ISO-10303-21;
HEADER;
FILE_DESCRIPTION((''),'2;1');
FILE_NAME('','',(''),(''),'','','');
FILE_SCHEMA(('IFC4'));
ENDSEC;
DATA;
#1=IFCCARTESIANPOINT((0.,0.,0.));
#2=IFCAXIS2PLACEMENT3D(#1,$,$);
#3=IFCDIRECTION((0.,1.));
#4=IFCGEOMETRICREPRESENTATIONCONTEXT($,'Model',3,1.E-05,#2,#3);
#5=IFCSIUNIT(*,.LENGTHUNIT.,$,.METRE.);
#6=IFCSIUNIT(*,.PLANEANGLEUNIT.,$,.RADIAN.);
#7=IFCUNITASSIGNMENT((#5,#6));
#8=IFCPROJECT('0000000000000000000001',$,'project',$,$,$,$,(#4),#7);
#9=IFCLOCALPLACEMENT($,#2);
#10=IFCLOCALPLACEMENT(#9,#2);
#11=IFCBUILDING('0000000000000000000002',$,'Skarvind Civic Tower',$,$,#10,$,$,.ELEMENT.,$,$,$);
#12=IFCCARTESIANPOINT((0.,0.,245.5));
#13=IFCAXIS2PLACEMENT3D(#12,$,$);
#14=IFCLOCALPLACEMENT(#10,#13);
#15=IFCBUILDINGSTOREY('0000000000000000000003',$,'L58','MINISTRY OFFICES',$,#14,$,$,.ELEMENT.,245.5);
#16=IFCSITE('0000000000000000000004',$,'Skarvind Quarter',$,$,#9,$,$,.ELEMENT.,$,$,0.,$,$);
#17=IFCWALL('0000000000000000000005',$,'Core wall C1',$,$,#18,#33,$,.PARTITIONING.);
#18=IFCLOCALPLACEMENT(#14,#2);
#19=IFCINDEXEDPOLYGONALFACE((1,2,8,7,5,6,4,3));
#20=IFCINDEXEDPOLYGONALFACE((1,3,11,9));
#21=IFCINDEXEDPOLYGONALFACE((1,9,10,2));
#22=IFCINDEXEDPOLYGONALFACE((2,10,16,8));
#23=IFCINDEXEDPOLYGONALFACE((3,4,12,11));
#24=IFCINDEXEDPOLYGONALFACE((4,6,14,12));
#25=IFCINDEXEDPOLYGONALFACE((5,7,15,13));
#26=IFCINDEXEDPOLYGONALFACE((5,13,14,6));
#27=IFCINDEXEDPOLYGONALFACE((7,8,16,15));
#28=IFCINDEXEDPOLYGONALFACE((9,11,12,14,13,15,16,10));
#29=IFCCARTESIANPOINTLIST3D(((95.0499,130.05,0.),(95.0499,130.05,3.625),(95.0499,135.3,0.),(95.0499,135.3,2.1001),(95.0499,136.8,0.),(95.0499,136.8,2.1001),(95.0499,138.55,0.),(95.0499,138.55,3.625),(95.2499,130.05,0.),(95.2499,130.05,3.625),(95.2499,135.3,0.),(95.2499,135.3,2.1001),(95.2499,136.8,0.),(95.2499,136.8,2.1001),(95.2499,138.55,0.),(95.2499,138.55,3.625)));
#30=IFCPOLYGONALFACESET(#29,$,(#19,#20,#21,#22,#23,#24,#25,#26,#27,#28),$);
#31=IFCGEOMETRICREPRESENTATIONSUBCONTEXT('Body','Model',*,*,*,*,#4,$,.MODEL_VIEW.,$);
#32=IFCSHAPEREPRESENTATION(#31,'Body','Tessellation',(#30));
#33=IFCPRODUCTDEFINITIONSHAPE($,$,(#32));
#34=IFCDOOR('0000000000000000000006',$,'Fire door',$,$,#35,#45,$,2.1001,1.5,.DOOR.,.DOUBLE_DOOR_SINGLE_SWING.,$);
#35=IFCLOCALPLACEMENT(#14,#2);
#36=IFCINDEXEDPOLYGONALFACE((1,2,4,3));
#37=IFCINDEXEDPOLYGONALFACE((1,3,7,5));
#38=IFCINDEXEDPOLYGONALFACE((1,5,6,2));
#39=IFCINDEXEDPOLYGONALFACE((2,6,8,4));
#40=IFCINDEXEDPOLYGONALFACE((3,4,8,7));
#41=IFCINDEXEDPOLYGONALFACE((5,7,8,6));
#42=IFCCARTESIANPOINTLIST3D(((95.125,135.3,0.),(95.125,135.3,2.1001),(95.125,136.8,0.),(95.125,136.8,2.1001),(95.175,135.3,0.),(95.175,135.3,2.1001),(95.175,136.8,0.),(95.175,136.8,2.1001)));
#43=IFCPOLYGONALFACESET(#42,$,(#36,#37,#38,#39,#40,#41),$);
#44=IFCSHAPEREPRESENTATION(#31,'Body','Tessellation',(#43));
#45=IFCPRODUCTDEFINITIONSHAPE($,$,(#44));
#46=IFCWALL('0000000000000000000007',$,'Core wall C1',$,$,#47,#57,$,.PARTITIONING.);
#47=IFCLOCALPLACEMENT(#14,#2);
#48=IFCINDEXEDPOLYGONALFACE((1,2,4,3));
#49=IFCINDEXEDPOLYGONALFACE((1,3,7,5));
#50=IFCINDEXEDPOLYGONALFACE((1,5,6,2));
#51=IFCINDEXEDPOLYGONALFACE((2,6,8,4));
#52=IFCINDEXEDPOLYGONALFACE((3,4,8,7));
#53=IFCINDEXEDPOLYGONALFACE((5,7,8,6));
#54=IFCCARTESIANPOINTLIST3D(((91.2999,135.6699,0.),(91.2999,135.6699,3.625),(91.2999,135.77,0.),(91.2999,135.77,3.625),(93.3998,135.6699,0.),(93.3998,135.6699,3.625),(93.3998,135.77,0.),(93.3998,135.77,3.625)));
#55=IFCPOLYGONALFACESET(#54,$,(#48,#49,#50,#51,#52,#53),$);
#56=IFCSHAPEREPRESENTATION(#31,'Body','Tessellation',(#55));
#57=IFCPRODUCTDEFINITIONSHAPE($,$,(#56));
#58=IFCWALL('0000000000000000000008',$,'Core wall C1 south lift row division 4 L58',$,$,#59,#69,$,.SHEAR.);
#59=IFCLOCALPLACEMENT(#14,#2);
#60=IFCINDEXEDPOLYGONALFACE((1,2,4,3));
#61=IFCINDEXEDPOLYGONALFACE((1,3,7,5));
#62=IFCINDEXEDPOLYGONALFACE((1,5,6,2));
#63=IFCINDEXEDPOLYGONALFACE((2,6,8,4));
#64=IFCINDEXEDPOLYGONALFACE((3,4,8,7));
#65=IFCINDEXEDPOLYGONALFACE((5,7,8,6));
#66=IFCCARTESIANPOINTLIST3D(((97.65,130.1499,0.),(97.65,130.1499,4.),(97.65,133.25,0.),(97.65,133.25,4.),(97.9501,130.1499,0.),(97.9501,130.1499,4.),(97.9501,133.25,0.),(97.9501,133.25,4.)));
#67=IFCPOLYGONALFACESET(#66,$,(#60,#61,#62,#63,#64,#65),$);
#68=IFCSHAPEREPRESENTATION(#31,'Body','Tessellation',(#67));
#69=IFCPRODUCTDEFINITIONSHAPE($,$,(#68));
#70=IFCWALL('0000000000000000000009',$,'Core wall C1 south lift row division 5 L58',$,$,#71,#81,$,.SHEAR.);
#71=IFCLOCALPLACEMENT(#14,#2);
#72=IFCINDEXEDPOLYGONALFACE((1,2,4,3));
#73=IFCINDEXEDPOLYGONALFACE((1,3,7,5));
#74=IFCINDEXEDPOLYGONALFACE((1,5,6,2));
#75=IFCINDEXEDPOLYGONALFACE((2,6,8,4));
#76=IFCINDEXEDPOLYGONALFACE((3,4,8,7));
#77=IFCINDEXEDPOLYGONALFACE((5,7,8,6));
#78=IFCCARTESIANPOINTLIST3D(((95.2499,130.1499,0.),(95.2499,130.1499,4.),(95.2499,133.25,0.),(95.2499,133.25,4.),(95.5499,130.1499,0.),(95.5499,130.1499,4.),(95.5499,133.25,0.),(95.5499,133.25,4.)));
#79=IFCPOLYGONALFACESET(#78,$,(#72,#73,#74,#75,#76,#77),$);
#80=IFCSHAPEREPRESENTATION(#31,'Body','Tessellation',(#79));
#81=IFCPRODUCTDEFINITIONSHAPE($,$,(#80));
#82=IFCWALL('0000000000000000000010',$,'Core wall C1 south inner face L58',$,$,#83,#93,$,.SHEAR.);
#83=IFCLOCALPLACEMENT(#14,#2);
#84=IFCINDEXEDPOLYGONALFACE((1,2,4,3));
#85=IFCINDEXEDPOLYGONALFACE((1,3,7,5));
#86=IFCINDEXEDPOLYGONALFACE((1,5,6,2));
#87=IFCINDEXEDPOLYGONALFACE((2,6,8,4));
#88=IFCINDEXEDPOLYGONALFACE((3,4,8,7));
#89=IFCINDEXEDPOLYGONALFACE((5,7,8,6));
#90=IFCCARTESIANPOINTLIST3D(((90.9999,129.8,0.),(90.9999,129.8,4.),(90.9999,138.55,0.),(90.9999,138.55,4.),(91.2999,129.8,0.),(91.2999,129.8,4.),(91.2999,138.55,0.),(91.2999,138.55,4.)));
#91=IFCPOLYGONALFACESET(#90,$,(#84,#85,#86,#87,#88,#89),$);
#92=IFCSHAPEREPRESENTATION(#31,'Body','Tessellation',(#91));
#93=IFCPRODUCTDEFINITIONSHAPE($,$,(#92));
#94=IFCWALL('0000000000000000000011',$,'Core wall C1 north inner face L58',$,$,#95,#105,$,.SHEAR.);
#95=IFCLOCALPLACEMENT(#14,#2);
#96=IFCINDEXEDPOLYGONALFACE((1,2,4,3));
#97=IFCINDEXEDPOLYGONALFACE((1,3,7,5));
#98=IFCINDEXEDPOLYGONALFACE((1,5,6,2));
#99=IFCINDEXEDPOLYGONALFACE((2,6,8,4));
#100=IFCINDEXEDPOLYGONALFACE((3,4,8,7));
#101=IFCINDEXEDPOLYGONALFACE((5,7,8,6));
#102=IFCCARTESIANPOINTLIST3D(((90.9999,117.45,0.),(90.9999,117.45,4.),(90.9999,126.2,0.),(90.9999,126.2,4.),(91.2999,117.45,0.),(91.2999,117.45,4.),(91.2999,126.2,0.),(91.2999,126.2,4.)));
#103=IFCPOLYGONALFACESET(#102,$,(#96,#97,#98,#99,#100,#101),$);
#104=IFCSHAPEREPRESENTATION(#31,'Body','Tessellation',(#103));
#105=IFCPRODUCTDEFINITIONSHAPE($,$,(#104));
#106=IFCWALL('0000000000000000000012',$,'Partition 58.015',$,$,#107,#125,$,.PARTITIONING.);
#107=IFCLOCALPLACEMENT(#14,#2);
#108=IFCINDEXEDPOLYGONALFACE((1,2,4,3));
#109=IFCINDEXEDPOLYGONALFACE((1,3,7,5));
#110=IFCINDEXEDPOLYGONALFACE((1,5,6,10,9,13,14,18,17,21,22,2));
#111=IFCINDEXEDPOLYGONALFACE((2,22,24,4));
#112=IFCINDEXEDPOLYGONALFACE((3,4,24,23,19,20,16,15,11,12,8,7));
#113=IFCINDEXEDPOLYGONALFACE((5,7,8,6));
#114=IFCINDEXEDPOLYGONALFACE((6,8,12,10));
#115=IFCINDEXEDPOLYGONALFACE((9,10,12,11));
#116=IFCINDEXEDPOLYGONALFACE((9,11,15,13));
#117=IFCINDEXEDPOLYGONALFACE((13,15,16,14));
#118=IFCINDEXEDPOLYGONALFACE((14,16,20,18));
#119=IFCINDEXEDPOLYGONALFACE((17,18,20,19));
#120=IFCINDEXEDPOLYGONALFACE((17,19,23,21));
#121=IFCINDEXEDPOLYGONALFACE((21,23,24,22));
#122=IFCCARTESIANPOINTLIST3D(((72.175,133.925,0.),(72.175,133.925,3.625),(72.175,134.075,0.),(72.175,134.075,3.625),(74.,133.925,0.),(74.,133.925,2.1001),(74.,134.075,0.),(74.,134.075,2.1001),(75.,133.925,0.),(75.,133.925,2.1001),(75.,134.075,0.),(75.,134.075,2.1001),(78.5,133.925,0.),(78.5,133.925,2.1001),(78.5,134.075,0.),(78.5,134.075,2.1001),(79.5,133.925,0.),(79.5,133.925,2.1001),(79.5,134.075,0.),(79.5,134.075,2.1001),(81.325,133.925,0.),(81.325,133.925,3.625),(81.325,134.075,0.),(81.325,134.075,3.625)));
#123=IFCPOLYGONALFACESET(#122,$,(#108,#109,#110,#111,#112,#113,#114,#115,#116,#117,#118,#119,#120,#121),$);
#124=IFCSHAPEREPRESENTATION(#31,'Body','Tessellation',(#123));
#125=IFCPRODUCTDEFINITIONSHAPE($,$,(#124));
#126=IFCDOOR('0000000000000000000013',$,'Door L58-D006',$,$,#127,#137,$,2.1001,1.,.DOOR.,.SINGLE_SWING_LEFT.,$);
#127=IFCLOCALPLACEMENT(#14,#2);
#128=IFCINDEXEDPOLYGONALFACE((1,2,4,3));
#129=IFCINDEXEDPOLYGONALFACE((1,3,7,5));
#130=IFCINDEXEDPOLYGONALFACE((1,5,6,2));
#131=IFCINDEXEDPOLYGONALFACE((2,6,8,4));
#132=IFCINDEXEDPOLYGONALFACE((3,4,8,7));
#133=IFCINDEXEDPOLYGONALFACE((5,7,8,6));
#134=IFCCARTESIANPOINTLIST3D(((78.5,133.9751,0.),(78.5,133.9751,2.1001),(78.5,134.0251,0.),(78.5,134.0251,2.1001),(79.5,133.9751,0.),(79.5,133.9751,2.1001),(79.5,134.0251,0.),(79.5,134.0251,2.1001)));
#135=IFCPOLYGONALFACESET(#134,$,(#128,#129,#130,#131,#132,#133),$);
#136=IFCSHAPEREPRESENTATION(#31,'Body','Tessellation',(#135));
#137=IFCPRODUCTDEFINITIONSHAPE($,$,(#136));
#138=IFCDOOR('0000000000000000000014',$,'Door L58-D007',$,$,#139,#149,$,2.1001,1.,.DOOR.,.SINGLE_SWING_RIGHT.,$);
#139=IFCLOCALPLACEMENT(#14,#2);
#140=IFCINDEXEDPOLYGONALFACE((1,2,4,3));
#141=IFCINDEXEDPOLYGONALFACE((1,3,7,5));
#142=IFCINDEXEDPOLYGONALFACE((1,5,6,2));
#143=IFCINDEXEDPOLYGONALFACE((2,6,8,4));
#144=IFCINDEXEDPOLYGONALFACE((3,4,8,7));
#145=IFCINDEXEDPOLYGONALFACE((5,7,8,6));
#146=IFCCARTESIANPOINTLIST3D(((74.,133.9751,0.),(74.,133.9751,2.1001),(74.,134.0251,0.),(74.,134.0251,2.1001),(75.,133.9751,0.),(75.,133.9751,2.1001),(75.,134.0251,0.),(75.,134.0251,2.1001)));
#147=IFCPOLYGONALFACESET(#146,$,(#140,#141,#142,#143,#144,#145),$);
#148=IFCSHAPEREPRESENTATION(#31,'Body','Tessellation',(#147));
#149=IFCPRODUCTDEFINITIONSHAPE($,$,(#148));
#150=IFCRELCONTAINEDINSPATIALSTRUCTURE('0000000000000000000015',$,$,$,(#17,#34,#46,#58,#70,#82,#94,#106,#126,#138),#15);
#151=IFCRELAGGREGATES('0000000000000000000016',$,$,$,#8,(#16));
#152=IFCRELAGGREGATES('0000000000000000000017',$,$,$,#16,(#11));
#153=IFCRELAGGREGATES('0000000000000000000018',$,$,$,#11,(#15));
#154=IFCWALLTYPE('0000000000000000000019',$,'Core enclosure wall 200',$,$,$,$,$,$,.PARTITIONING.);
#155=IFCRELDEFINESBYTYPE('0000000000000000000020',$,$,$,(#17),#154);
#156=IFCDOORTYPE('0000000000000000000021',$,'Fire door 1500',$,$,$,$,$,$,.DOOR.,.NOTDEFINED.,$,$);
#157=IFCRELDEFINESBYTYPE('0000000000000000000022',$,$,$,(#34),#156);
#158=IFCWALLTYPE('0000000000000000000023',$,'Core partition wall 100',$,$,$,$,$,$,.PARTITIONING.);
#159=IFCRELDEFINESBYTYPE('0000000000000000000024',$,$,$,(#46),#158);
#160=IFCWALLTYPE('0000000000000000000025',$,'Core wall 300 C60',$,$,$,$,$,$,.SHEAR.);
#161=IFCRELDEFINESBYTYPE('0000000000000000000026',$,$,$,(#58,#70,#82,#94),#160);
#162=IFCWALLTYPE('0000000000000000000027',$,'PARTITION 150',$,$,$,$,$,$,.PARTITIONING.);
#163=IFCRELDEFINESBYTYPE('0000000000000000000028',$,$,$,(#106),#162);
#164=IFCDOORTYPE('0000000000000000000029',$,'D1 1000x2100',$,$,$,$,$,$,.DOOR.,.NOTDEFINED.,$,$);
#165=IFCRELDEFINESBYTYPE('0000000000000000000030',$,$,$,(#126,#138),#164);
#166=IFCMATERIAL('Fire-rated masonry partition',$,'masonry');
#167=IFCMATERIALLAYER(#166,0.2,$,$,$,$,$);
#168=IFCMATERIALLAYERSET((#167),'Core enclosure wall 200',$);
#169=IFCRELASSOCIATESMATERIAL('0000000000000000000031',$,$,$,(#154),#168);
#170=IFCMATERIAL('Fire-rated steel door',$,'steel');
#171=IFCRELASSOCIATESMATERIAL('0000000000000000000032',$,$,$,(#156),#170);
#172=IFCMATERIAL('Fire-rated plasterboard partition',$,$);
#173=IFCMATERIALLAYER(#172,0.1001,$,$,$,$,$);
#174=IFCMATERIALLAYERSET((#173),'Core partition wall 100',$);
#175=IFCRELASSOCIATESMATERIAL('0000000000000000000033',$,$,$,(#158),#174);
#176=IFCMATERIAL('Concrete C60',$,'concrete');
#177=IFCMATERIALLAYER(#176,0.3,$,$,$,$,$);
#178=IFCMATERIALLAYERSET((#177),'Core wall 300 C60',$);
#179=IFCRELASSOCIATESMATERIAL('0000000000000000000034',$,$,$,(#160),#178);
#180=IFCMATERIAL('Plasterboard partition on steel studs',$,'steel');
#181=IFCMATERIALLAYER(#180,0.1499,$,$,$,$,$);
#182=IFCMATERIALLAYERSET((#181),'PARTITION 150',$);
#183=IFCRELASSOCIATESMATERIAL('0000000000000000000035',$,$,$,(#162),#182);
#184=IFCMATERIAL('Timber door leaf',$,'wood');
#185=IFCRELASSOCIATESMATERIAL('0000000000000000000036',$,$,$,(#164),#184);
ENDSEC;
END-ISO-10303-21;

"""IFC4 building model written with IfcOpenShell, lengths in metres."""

from ifc_helpers import new_model, si_unit, direction, frame, frame_2d, origin, place, context, subcontext, project, spatial, rectangle, extrude, material, layer, layer_set, type_object, element, fill, save


model = new_model("IFC4")

# Units and contexts
model_context = context("Model", 3, precision=1e-05, world=origin(), true_north=direction((0.0, 1.0)))
body_context = subcontext(model_context, "Body", "Model", "MODEL_VIEW")
ifc_project = project(units=[si_unit("LENGTHUNIT", "METRE"), si_unit("PLANEANGLEUNIT", "RADIAN")], contexts=[model_context])

# Site, building, storey
site_placement = place(None, origin())
site = spatial("IfcSite", under=ifc_project, at=site_placement, Name="Skarvind Quarter", CompositionType="ELEMENT", RefElevation=0.0)
building_placement = place(site_placement, origin())
building = spatial("IfcBuilding", under=site, at=building_placement, Name="Skarvind Civic Tower", CompositionType="ELEMENT")
storey_placement = place(building_placement, frame((0.0, 0.0, 245.5)))
storey = spatial("IfcBuildingStorey", under=building, at=storey_placement, Name="L58", Description="MINISTRY OFFICES", CompositionType="ELEMENT", Elevation=245.5)

# Shared definitions
ifc_material_1 = material(Name="Concrete C60", Category="concrete")

# Wall, opening, door
ifc_material_2 = material(Name="Timber door leaf", Category="wood")
ifc_material_3 = material(Name="Fire-rated masonry partition", Category="masonry")
ifc_layer_1 = layer(ifc_material_3, 0.2)
ifc_layer_set_1 = layer_set([ifc_layer_1], Name="Core enclosure wall 200")
wall_type_1 = type_object("IfcWallType", Name="Core enclosure wall 200", PredefinedType="PARTITIONING", material=ifc_layer_set_1)
ifc_material_4 = material(Name="Fire-rated steel door", Category="steel")
wall_1_placement = place(storey_placement, frame((95.1499, 130.05, 0.0), z_axis=(0.0, 0.0, 1.0), x_axis=(0.0, 1.0, 0.0)))
wall_1 = element("IfcWall", 1, at=wall_1_placement, inside=storey, type_object=wall_type_1, Name="Core wall C1", PredefinedType="PARTITIONING", context=body_context, shape_type="SweptSolid", body=[
    extrude(rectangle(XDim=8.5, YDim=0.2, at=frame_2d((4.25, 0.0))), origin(), (0.0, 0.0, 1.0), 3.625),
])
opening_1_placement = place(wall_1_placement, frame((5.25, 0.0, 0.0)))
opening_1 = element("IfcOpeningElement", 2, at=opening_1_placement, cuts=wall_1, PredefinedType="OPENING", context=body_context, shape_type="SweptSolid", body=[
    extrude(rectangle(XDim=1.5, YDim=2.1001, at=frame_2d((0.75, 1.05))), frame((0.0, 0.1099, 0.0), z_axis=(0.0, -1.0, 0.0), x_axis=(1.0, 0.0, 0.0)), (0.0, 0.0, 1.0), 0.22),
])
door_type_1 = type_object("IfcDoorType", Name="Fire door 1500", OperationType="NOTDEFINED", PredefinedType="DOOR", material=ifc_material_4)
door_1_placement = place(opening_1_placement, origin())
door_1 = element("IfcDoor", 3, at=door_1_placement, inside=storey, type_object=door_type_1, Name="Fire door", OperationType="DOUBLE_DOOR_SINGLE_SWING", OverallHeight=2.1001, OverallWidth=1.5, PredefinedType="DOOR", context=body_context, shape_type="SweptSolid", body=[
    extrude(rectangle(XDim=1.5, YDim=2.1001, at=frame_2d((0.75, 1.05))), frame((0.0, 0.0249, 0.0), z_axis=(0.0, -1.0, 0.0), x_axis=(1.0, 0.0, 0.0)), (0.0, 0.0, 1.0), 0.05),
])
fill(opening_1, door_1)

# Walls
ifc_material_5 = material(Name="Fire-rated plasterboard partition")
ifc_layer_2 = layer(ifc_material_5, 0.1001)
ifc_layer_set_2 = layer_set([ifc_layer_2], Name="Core partition wall 100")
wall_type_2 = type_object("IfcWallType", Name="Core partition wall 100", PredefinedType="PARTITIONING", material=ifc_layer_set_2)
wall_2_placement = place(storey_placement, frame((91.3, 135.72, 0.0), z_axis=(0.0, 0.0, 1.0), x_axis=(1.0, 0.0, 0.0)))
element("IfcWall", 4, at=wall_2_placement, inside=storey, type_object=wall_type_2, Name="Core wall C1", PredefinedType="PARTITIONING", context=body_context, shape_type="SweptSolid", body=[
    extrude(rectangle(XDim=2.0999, YDim=0.1001, at=frame_2d((1.0498, 0.0))), origin(), (0.0, 0.0, 1.0), 3.625),
])
ifc_layer_3 = layer(ifc_material_1, 0.3)
ifc_layer_set_3 = layer_set([ifc_layer_3], Name="Core wall 300 C60")
wall_type_3 = type_object("IfcWallType", Name="Core wall 300 C60", PredefinedType="SHEAR", material=ifc_layer_set_3)
for number, where, z_axis, x_axis, name in (
    (5, (97.8, 133.25, 0.0), (0.0, 0.0, 1.0), (0.0, -1.0, 0.0), "Core wall C1 south lift row division 4 L58"),
    (6, (95.3999, 133.25, 0.0), (0.0, 0.0, 1.0), (0.0, -1.0, 0.0), "Core wall C1 south lift row division 5 L58"),
):
    element("IfcWall", number, at=place(storey_placement, frame(where, z_axis=z_axis, x_axis=x_axis)), inside=storey, type_object=wall_type_3, Name=name, PredefinedType="SHEAR", context=body_context, shape_type="SweptSolid", body=[
        extrude(rectangle(XDim=3.1001, YDim=0.3, at=frame_2d((1.55, 0.0))), origin(), (0.0, 0.0, 1.0), 4.0),
    ])
for number, where, z_axis, x_axis, name in (
    (7, (91.1499, 138.55, 0.0), (0.0, 0.0, 1.0), (0.0, -1.0, 0.0), "Core wall C1 south inner face L58"),
    (8, (91.1499, 126.2, 0.0), (0.0, 0.0, 1.0), (0.0, -1.0, 0.0), "Core wall C1 north inner face L58"),
):
    element("IfcWall", number, at=place(storey_placement, frame(where, z_axis=z_axis, x_axis=x_axis)), inside=storey, type_object=wall_type_3, Name=name, PredefinedType="SHEAR", context=body_context, shape_type="SweptSolid", body=[
        extrude(rectangle(XDim=8.75, YDim=0.3, at=frame_2d((4.375, 0.0))), origin(), (0.0, 0.0, 1.0), 4.0),
    ])

# Wall, openings, doors
ifc_material_6 = material(Name="Plasterboard partition on steel studs", Category="steel")
ifc_layer_4 = layer(ifc_material_6, 0.1499)
ifc_layer_set_4 = layer_set([ifc_layer_4], Name="PARTITION 150")
wall_type_4 = type_object("IfcWallType", Name="PARTITION 150", PredefinedType="PARTITIONING", material=ifc_layer_set_4)
wall_3_placement = place(storey_placement, frame((81.325, 134.0, 0.0), z_axis=(0.0, 0.0, 1.0), x_axis=(-1.0, 0.0, 0.0)))
wall_3 = element("IfcWall", 9, at=wall_3_placement, inside=storey, type_object=wall_type_4, Name="Partition 58.015", PredefinedType="PARTITIONING", context=body_context, shape_type="SweptSolid", body=[
    extrude(rectangle(XDim=9.1499, YDim=0.1499, at=frame_2d((4.575, 0.0))), origin(), (0.0, 0.0, 1.0), 3.625),
])
opening_2_placement = place(wall_3_placement, frame((1.825, 0.0, 0.0)))
opening_2 = element("IfcOpeningElement", 10, at=opening_2_placement, cuts=wall_3, PredefinedType="OPENING", context=body_context, shape_type="SweptSolid", body=[
    extrude(rectangle(XDim=1.0, YDim=2.1001, at=frame_2d((0.5, 1.05))), frame((0.0, 0.085, 0.0), z_axis=(0.0, -1.0, 0.0), x_axis=(1.0, 0.0, 0.0)), (0.0, 0.0, 1.0), 0.1699),
])
opening_3_placement = place(wall_3_placement, frame((6.325, 0.0, 0.0)))
opening_3 = element("IfcOpeningElement", 11, at=opening_3_placement, cuts=wall_3, PredefinedType="OPENING", context=body_context, shape_type="SweptSolid", body=[
    extrude(rectangle(XDim=1.0, YDim=2.1001, at=frame_2d((0.5, 1.05))), frame((0.0, 0.085, 0.0), z_axis=(0.0, -1.0, 0.0), x_axis=(1.0, 0.0, 0.0)), (0.0, 0.0, 1.0), 0.1699),
])
door_type_2 = type_object("IfcDoorType", Name="D1 1000x2100", OperationType="NOTDEFINED", PredefinedType="DOOR", material=ifc_material_2)
door_2_placement = place(opening_2_placement, origin())
door_2 = element("IfcDoor", 12, at=door_2_placement, inside=storey, type_object=door_type_2, Name="Door L58-D006", OperationType="SINGLE_SWING_LEFT", OverallHeight=2.1001, OverallWidth=1.0, PredefinedType="DOOR", context=body_context, shape_type="SweptSolid", body=[
    extrude(rectangle(XDim=1.0, YDim=2.1001, at=frame_2d((0.5, 1.05))), frame((0.0, 0.0249, 0.0), z_axis=(0.0, -1.0, 0.0), x_axis=(1.0, 0.0, 0.0)), (0.0, 0.0, 1.0), 0.05),
])
fill(opening_2, door_2)
door_3_placement = place(opening_3_placement, origin())
door_3 = element("IfcDoor", 13, at=door_3_placement, inside=storey, type_object=door_type_2, Name="Door L58-D007", OperationType="SINGLE_SWING_RIGHT", OverallHeight=2.1001, OverallWidth=1.0, PredefinedType="DOOR", context=body_context, shape_type="SweptSolid", body=[
    extrude(rectangle(XDim=1.0, YDim=2.1001, at=frame_2d((0.5, 1.05))), frame((0.0, 0.0249, 0.0), z_axis=(0.0, -1.0, 0.0), x_axis=(1.0, 0.0, 0.0)), (0.0, 0.0, 1.0), 0.05),
])
fill(opening_3, door_3)

save(model, "model.ifc")
